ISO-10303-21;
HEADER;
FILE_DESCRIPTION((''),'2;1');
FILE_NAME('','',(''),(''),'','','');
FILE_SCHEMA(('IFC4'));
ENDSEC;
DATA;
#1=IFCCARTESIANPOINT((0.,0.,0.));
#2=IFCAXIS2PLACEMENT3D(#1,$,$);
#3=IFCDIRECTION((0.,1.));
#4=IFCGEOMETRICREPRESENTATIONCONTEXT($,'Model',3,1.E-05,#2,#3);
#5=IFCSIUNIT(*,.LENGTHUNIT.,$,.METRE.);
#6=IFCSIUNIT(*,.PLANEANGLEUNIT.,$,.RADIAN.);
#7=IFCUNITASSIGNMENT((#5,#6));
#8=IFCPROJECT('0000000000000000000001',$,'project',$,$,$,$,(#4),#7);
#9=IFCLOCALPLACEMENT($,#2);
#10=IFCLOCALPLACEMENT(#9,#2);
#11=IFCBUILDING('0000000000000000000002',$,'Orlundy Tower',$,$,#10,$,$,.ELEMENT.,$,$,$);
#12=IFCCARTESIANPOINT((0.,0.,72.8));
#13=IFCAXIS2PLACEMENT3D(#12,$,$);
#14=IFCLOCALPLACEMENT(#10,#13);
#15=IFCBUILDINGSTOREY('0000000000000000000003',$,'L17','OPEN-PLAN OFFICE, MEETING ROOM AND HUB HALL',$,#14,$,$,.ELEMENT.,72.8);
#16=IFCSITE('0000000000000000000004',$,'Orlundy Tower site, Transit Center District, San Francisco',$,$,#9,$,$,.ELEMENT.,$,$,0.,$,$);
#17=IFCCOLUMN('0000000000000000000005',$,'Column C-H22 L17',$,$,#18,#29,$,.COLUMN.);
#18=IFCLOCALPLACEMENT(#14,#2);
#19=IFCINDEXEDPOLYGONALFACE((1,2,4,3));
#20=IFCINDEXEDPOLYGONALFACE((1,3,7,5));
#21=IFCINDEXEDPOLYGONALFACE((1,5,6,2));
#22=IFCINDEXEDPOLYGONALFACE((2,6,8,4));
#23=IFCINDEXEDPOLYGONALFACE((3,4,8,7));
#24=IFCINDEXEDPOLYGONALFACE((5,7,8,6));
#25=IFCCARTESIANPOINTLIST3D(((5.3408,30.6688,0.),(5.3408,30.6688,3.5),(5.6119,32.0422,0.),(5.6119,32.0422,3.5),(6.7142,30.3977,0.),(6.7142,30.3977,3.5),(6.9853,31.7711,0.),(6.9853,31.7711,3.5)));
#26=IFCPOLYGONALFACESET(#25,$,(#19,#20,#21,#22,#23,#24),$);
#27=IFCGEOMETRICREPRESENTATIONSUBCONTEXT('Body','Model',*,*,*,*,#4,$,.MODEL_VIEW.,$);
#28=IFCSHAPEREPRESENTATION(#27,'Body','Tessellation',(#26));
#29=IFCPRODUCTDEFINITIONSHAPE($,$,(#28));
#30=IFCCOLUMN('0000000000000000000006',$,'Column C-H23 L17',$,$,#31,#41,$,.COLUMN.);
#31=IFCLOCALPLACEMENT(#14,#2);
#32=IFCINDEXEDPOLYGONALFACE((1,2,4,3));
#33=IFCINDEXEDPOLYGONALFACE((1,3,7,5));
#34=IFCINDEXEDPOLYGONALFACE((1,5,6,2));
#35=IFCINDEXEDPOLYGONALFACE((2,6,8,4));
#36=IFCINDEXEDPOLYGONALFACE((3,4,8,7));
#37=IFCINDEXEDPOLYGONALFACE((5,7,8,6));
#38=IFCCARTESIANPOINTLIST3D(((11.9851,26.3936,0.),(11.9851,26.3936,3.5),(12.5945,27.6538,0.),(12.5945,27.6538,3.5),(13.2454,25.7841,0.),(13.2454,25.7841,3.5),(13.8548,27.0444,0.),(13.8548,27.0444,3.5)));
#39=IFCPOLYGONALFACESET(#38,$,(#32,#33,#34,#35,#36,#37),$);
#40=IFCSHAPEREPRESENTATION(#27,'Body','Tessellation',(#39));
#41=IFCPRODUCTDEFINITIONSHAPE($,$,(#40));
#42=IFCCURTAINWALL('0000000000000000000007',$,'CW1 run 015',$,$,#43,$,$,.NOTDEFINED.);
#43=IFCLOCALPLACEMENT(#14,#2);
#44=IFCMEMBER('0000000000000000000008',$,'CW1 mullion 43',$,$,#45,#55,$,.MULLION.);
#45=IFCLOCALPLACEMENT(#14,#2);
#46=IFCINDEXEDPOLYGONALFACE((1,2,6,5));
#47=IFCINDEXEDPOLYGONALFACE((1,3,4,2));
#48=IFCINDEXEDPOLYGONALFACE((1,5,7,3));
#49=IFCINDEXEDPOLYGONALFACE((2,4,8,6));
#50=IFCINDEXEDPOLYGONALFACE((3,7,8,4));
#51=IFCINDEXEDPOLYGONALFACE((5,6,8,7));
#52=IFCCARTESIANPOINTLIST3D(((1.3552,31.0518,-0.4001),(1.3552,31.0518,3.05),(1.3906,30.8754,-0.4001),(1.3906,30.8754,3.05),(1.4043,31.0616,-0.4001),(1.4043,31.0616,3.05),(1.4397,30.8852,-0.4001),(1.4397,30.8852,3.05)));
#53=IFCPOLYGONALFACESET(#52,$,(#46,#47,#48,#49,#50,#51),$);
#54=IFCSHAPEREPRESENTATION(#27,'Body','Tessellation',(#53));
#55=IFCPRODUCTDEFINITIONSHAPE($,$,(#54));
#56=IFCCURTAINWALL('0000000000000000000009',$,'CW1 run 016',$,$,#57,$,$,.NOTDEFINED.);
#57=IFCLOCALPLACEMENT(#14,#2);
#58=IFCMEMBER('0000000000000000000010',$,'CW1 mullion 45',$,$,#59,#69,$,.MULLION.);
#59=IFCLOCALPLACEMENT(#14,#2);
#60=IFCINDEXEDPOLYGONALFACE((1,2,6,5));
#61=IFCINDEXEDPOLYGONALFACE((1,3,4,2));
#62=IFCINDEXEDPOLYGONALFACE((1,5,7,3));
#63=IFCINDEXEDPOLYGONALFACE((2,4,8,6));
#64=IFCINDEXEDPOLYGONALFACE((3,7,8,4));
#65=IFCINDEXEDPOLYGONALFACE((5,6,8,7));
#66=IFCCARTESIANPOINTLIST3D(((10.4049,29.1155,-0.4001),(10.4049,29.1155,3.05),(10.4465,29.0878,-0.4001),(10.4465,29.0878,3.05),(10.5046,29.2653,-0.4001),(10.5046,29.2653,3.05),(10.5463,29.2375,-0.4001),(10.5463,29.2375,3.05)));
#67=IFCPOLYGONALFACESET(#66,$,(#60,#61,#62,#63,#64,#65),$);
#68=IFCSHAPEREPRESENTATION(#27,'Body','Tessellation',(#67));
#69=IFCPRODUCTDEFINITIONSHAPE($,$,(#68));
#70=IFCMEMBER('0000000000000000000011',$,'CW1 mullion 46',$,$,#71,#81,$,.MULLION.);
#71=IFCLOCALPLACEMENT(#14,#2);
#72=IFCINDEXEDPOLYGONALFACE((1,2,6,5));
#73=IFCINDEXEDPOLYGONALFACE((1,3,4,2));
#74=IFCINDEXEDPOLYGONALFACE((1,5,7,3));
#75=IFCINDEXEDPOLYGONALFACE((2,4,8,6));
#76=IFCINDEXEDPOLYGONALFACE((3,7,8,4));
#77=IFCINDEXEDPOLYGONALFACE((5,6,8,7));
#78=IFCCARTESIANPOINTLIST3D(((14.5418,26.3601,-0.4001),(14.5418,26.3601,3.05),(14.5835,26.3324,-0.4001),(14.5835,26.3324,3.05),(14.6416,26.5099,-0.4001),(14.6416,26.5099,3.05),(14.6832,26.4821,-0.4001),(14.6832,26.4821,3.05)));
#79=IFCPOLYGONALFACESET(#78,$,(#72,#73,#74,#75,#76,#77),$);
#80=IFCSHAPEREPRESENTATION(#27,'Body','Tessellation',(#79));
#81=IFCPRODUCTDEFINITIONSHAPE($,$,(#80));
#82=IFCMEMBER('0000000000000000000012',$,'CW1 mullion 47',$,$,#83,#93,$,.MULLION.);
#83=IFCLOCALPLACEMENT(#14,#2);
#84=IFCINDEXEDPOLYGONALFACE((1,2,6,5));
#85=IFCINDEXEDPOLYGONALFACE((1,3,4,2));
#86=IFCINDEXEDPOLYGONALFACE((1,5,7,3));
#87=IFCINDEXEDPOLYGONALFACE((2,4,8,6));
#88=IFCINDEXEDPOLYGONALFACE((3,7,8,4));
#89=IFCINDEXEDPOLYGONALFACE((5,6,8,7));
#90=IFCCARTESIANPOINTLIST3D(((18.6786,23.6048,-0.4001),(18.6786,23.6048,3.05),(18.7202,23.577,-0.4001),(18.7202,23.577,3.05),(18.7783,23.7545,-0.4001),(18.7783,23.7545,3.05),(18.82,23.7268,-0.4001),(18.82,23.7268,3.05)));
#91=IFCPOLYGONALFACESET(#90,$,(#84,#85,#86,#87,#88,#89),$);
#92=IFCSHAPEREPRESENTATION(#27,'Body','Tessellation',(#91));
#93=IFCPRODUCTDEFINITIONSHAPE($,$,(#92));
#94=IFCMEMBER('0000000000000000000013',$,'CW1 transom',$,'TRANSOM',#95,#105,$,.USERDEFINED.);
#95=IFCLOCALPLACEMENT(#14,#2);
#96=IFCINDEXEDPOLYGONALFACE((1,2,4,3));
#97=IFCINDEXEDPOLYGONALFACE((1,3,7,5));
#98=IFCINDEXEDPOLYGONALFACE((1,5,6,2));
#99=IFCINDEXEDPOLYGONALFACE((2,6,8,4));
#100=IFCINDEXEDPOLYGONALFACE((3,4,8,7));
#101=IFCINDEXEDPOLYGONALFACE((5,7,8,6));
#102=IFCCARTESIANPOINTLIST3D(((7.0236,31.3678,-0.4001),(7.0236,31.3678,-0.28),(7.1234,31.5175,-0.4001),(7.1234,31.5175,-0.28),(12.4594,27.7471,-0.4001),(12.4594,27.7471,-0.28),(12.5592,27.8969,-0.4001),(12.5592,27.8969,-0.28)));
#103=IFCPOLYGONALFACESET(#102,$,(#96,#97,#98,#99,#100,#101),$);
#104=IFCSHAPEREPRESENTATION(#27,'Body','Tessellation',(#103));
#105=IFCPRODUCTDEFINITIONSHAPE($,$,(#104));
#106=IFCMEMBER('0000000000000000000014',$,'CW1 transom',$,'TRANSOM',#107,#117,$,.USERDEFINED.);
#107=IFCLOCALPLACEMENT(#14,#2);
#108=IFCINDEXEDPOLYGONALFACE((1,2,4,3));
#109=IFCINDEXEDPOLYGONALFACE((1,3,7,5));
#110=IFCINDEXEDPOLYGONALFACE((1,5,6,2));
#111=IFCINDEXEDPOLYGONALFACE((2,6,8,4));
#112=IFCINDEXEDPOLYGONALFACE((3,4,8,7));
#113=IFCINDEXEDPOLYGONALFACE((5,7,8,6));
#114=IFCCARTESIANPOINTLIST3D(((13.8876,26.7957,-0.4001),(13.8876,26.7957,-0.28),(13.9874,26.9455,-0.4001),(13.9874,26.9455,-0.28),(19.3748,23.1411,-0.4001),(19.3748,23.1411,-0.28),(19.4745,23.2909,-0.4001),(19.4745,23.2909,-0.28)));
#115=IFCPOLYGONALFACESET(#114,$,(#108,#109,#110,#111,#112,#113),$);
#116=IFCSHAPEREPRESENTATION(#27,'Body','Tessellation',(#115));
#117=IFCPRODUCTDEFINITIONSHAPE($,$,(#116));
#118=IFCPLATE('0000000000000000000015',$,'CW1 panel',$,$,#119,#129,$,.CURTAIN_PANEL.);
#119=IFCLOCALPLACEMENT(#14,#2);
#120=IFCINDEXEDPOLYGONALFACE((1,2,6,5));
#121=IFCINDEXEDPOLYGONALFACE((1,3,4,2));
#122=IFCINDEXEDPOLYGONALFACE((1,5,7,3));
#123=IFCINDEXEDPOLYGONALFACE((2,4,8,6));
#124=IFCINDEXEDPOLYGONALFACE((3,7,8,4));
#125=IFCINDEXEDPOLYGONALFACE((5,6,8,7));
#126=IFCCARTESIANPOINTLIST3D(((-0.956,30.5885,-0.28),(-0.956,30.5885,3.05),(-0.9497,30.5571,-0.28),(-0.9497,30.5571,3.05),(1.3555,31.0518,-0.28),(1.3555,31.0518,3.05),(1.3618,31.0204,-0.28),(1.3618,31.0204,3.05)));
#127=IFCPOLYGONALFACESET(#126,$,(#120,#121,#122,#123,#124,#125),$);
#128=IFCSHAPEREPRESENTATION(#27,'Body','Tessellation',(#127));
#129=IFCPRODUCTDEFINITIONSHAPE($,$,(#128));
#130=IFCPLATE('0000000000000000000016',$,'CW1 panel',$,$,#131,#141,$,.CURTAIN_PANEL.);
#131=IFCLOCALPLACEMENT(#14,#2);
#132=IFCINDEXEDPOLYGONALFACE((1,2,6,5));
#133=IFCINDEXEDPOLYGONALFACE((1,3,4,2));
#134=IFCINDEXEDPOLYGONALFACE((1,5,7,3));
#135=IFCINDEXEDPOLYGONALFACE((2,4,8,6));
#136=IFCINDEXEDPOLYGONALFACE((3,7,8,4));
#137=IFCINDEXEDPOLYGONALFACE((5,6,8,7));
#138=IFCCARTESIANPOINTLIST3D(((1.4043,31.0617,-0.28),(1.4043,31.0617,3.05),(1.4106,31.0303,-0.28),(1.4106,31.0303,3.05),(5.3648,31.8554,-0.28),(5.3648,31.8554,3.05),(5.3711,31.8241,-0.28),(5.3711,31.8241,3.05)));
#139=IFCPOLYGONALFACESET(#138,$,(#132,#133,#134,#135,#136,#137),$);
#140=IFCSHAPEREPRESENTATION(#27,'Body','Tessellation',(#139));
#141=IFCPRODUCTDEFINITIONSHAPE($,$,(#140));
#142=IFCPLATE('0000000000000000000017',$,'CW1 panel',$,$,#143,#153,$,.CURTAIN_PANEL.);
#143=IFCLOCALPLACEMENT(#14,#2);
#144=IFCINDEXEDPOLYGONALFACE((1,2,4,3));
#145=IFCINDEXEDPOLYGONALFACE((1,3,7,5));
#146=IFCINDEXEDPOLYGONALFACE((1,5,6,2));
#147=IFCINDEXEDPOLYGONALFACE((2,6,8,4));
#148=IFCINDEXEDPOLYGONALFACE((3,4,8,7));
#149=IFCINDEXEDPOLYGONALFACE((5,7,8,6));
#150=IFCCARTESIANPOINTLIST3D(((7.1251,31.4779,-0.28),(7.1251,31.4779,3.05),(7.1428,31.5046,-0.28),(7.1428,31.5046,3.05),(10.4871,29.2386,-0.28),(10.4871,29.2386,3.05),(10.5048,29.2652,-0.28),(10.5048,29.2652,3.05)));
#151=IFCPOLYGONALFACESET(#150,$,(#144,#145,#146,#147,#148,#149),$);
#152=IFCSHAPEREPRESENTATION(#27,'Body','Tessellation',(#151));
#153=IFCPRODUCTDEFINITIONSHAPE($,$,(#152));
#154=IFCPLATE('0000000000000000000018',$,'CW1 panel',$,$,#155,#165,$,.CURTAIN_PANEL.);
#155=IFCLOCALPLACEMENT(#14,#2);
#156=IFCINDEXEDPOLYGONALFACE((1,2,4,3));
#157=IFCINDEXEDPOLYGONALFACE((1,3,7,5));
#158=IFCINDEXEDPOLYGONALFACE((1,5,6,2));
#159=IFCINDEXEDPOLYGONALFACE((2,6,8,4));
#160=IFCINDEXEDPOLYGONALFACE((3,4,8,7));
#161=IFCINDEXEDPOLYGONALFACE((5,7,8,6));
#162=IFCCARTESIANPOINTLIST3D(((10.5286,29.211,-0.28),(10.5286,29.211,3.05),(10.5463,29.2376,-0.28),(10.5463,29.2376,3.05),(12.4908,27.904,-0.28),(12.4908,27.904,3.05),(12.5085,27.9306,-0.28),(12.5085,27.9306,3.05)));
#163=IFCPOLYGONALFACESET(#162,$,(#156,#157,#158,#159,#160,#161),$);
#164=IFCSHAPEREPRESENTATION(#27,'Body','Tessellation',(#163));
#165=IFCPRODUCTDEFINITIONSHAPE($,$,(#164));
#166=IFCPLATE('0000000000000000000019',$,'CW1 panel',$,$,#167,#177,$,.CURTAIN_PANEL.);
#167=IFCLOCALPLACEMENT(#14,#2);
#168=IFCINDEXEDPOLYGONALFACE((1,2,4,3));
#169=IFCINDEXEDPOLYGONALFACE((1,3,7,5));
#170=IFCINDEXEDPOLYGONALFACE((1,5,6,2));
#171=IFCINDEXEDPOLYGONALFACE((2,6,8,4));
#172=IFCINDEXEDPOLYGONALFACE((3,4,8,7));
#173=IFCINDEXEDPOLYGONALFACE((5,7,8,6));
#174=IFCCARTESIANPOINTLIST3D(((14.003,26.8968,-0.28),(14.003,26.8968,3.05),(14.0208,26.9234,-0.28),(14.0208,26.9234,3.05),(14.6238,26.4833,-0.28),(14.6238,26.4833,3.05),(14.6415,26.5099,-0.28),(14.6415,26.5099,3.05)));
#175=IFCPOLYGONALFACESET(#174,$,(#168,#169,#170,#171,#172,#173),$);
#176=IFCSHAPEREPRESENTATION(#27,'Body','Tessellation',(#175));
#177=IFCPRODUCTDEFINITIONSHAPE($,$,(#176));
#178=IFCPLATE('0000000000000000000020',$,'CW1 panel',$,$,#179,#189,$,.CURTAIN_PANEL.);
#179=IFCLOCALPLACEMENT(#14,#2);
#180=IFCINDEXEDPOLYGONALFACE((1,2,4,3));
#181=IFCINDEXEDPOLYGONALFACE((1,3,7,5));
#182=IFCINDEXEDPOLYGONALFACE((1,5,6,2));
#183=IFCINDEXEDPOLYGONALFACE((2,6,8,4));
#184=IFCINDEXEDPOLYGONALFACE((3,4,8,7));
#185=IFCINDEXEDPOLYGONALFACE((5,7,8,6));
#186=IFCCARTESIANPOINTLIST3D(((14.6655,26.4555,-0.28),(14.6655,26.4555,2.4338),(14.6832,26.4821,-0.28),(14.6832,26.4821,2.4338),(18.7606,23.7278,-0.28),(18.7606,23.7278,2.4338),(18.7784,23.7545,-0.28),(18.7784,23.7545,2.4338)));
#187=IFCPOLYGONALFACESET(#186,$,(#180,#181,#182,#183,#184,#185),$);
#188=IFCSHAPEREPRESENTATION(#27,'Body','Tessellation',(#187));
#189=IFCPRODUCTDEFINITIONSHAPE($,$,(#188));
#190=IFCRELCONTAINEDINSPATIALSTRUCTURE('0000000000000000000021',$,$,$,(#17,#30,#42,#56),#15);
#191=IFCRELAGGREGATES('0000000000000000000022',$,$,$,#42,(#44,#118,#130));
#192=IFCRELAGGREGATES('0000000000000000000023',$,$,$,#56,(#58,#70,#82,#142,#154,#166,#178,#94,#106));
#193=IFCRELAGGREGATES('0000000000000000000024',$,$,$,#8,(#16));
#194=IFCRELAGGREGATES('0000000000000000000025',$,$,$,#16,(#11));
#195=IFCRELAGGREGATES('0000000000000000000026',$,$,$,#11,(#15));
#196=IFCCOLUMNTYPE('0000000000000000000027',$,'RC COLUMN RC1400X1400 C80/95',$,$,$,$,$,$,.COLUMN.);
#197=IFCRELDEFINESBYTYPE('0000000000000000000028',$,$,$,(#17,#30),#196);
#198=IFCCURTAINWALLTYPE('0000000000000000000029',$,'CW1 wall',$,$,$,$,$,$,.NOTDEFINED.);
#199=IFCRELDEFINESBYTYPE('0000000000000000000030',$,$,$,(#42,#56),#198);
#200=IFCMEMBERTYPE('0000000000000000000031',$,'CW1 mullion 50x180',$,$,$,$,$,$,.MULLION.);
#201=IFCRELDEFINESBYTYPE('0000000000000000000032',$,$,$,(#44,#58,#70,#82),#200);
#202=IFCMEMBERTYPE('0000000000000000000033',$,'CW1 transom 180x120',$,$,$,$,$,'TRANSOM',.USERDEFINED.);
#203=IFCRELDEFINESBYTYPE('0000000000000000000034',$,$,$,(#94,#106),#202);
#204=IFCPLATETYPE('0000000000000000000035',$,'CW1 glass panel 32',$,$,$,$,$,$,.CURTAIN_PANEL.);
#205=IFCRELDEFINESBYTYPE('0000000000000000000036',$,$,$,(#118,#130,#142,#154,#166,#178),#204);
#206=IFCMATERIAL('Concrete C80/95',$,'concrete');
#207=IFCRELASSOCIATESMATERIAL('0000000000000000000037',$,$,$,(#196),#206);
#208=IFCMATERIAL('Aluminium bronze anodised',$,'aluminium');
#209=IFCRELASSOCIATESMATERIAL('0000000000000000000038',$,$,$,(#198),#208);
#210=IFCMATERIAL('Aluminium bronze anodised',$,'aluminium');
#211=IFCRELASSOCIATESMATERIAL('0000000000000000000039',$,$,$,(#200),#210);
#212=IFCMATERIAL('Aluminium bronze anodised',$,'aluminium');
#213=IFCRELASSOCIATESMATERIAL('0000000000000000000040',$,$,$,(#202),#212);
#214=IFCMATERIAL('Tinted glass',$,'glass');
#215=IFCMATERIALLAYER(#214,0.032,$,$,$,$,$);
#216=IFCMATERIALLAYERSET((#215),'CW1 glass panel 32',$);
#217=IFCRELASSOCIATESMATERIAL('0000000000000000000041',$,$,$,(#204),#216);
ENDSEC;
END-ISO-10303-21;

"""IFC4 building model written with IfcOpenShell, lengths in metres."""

from ifc_helpers import new_model, si_unit, direction, frame, origin, origin_2d, place, context, subcontext, project, spatial, rectangle, extrude, material, layer, layer_set, material_profile, profile_set, type_object, element, aggregate, save


model = new_model("IFC4")

# Units and contexts
model_context = context("Model", 3, precision=1e-05, world=origin(), true_north=direction((0.0, 1.0)))
body_context = subcontext(model_context, "Body", "Model", "MODEL_VIEW")
ifc_project = project(units=[si_unit("LENGTHUNIT", "METRE"), si_unit("PLANEANGLEUNIT", "RADIAN")], contexts=[model_context])

# Site, building, storey
site_placement = place(None, origin())
site = spatial("IfcSite", under=ifc_project, at=site_placement, Name="Orlundy Tower site, Transit Center District, San Francisco", CompositionType="ELEMENT", RefElevation=0.0)
building_placement = place(site_placement, origin())
building = spatial("IfcBuilding", under=site, at=building_placement, Name="Orlundy Tower", CompositionType="ELEMENT")
storey_placement = place(building_placement, frame((0.0, 0.0, 72.8)))
storey = spatial("IfcBuildingStorey", under=building, at=storey_placement, Name="L17", Description="OPEN-PLAN OFFICE, MEETING ROOM AND HUB HALL", CompositionType="ELEMENT", Elevation=72.8)

# Columns
ifc_material_1 = material(Name="Concrete C80/95", Category="concrete")
ifc_material_profile_1 = material_profile(ifc_material_1, rectangle(XDim=1.3999, YDim=1.3999, at=origin_2d()), Name="RC1400X1400")
ifc_profile_set_1 = profile_set([ifc_material_profile_1], Name="Concrete C80/95")
column_type = type_object("IfcColumnType", Name="RC COLUMN RC1400X1400 C80/95", PredefinedType="COLUMN", material=ifc_profile_set_1)
for number, where, z_axis, x_axis, name in (
    (1, (6.1631, 31.22, 0.0), (0.0, 0.0, 1.0), (0.193669, 0.981067, 0.0), "Column C-H22 L17"),
    (2, (12.9199, 26.719, 0.0), (0.0, 0.0, 1.0), (0.435325, 0.900273, 0.0), "Column C-H23 L17"),
):
    element("IfcColumn", number, at=place(storey_placement, frame(where, z_axis=z_axis, x_axis=x_axis)), inside=storey, type_object=column_type, Name=name, PredefinedType="COLUMN", context=body_context, shape_type="SweptSolid", body=[
        extrude(rectangle(XDim=1.3999, YDim=1.3999, at=origin_2d()), origin(), (0.0, 0.0, 1.0), 3.5),
    ])

# Curtain wall, member
ifc_material_2 = material(Name="Aluminium bronze anodised", Category="aluminium")
curtain_wall_type = type_object("IfcCurtainWallType", Name="CW1 wall", PredefinedType="NOTDEFINED", material=ifc_material_2)
curtain_wall_1_placement = place(storey_placement, origin())
curtain_wall_1 = element("IfcCurtainWall", 3, at=curtain_wall_1_placement, inside=storey, type_object=curtain_wall_type, Name="CW1 run 015", PredefinedType="NOTDEFINED")
ifc_material_3 = material(Name="Aluminium bronze anodised", Category="aluminium")
ifc_material_profile_2 = material_profile(ifc_material_3, rectangle(XDim=0.1799, YDim=0.05, at=origin_2d()), Name="CW1 mullion 50x180")
ifc_profile_set_2 = profile_set([ifc_material_profile_2], Name="Aluminium bronze anodised")
member_type_1 = type_object("IfcMemberType", Name="CW1 mullion 50x180", PredefinedType="MULLION", material=ifc_profile_set_2)
member_1_placement = place(storey_placement, frame((1.3975, 30.9685, -0.4001), z_axis=(0.0, 0.0, 1.0), x_axis=(-0.196511, 0.980502, 0.0)))
member_1 = element("IfcMember", 4, at=member_1_placement, type_object=member_type_1, Name="CW1 mullion 43", PredefinedType="MULLION", context=body_context, shape_type="SweptSolid", body=[
    extrude(rectangle(XDim=0.1799, YDim=0.05, at=origin_2d()), origin(), (0.0, 0.0, 1.0), 3.4502),
])

# Curtain wall, members
curtain_wall_2_placement = place(storey_placement, origin())
curtain_wall_2 = element("IfcCurtainWall", 5, at=curtain_wall_2_placement, inside=storey, type_object=curtain_wall_type, Name="CW1 run 016", PredefinedType="NOTDEFINED")
member_2_placement = place(storey_placement, frame((10.4756, 29.1765, -0.4001), z_axis=(0.0, 0.0, 1.0), x_axis=(0.554357, 0.832279, 0.0)))
member_2 = element("IfcMember", 6, at=member_2_placement, type_object=member_type_1, Name="CW1 mullion 45", PredefinedType="MULLION", context=body_context, shape_type="SweptSolid", body=[
    extrude(rectangle(XDim=0.1799, YDim=0.05, at=origin_2d()), origin(), (0.0, 0.0, 1.0), 3.4502),
])
member_3_placement = place(storey_placement, frame((14.6125, 26.4211, -0.4001), z_axis=(0.0, 0.0, 1.0), x_axis=(0.554357, 0.832279, 0.0)))
member_3 = element("IfcMember", 7, at=member_3_placement, type_object=member_type_1, Name="CW1 mullion 46", PredefinedType="MULLION", context=body_context, shape_type="SweptSolid", body=[
    extrude(rectangle(XDim=0.1799, YDim=0.05, at=origin_2d()), origin(), (0.0, 0.0, 1.0), 3.4502),
])
member_4_placement = place(storey_placement, frame((18.7493, 23.6658, -0.4001), z_axis=(0.0, 0.0, 1.0), x_axis=(0.554357, 0.832279, 0.0)))
member_4 = element("IfcMember", 8, at=member_4_placement, type_object=member_type_1, Name="CW1 mullion 47", PredefinedType="MULLION", context=body_context, shape_type="SweptSolid", body=[
    extrude(rectangle(XDim=0.1799, YDim=0.05, at=origin_2d()), origin(), (0.0, 0.0, 1.0), 3.4502),
])
ifc_material_4 = material(Name="Aluminium bronze anodised", Category="aluminium")
ifc_material_profile_3 = material_profile(ifc_material_4, rectangle(XDim=0.1799, YDim=0.1201, at=origin_2d()), Name="CW1 transom 180x120")
ifc_profile_set_3 = profile_set([ifc_material_profile_3], Name="Aluminium bronze anodised")
member_type_2 = type_object("IfcMemberType", Name="CW1 transom 180x120", ElementType="TRANSOM", PredefinedType="USERDEFINED", material=ifc_profile_set_3)
member_5_placement = place(storey_placement, frame((7.0735, 31.4426, -0.3401), z_axis=(0.83228, -0.554355, 0.0), x_axis=(0.554355, 0.83228, 0.0)))
member_5 = element("IfcMember", 9, at=member_5_placement, type_object=member_type_2, Name="CW1 transom", ObjectType="TRANSOM", PredefinedType="USERDEFINED", context=body_context, shape_type="SweptSolid", body=[
    extrude(rectangle(XDim=0.1799, YDim=0.1201, at=origin_2d()), origin(), (0.0, 0.0, 1.0), 6.5312),
])
member_6_placement = place(storey_placement, frame((13.9375, 26.8706, -0.3401), z_axis=(0.832295, -0.554333, 0.0), x_axis=(0.554333, 0.832295, 0.0)))
member_6 = element("IfcMember", 10, at=member_6_placement, type_object=member_type_2, Name="CW1 transom", ObjectType="TRANSOM", PredefinedType="USERDEFINED", context=body_context, shape_type="SweptSolid", body=[
    extrude(rectangle(XDim=0.1799, YDim=0.1201, at=origin_2d()), origin(), (0.0, 0.0, 1.0), 6.5928),
])

# Plates
ifc_material_5 = material(Name="Tinted glass", Category="glass")
ifc_layer_1 = layer(ifc_material_5, 0.032)
ifc_layer_set_1 = layer_set([ifc_layer_1], Name="CW1 glass panel 32")
plate_type = type_object("IfcPlateType", Name="CW1 glass panel 32", PredefinedType="CURTAIN_PANEL", material=ifc_layer_set_1)
plate_1_placement = place(storey_placement, frame((0.2029, 30.8044, -0.28), z_axis=(0.0, 0.0, 1.0), x_axis=(0.980502, 0.196511, 0.0)))
plate_1 = element("IfcPlate", 11, at=plate_1_placement, type_object=plate_type, Name="CW1 panel", PredefinedType="CURTAIN_PANEL", context=body_context, shape_type="SweptSolid", body=[
    extrude(rectangle(XDim=2.3574, YDim=0.032, at=origin_2d()), origin(), (0.0, 0.0, 1.0), 3.3301),
])
plate_2_placement = place(storey_placement, frame((3.3877, 31.4429, -0.28), z_axis=(0.0, 0.0, 1.0), x_axis=(0.980502, 0.196511, 0.0)))
plate_2 = element("IfcPlate", 12, at=plate_2_placement, type_object=plate_type, Name="CW1 panel", PredefinedType="CURTAIN_PANEL", context=body_context, shape_type="SweptSolid", body=[
    extrude(rectangle(XDim=4.0393, YDim=0.032, at=origin_2d()), origin(), (0.0, 0.0, 1.0), 3.3301),
])
aggregate(curtain_wall_1, [member_1, plate_1, plate_2])
plate_3_placement = place(storey_placement, frame((8.8149, 30.3716, -0.28), z_axis=(0.0, 0.0, 1.0), x_axis=(0.832279, -0.554357, 0.0)))
plate_3 = element("IfcPlate", 13, at=plate_3_placement, type_object=plate_type, Name="CW1 panel", PredefinedType="CURTAIN_PANEL", context=body_context, shape_type="SweptSolid", body=[
    extrude(rectangle(XDim=4.0396, YDim=0.032, at=origin_2d()), origin(), (0.0, 0.0, 1.0), 3.3301),
])
plate_4_placement = place(storey_placement, frame((11.5186, 28.5708, -0.28), z_axis=(0.0, 0.0, 1.0), x_axis=(0.832279, -0.554357, 0.0)))
plate_4 = element("IfcPlate", 14, at=plate_4_placement, type_object=plate_type, Name="CW1 panel", PredefinedType="CURTAIN_PANEL", context=body_context, shape_type="SweptSolid", body=[
    extrude(rectangle(XDim=2.3577, YDim=0.032, at=origin_2d()), origin(), (0.0, 0.0, 1.0), 3.3301),
])
plate_5_placement = place(storey_placement, frame((14.3223, 26.7034, -0.28), z_axis=(0.0, 0.0, 1.0), x_axis=(0.832279, -0.554357, 0.0)))
plate_5 = element("IfcPlate", 15, at=plate_5_placement, type_object=plate_type, Name="CW1 panel", PredefinedType="CURTAIN_PANEL", context=body_context, shape_type="SweptSolid", body=[
    extrude(rectangle(XDim=0.7458, YDim=0.032, at=origin_2d()), origin(), (0.0, 0.0, 1.0), 3.3301),
])
plate_6_placement = place(storey_placement, frame((16.7219, 25.105, -0.28), z_axis=(0.0, 0.0, 1.0), x_axis=(0.832279, -0.554357, 0.0)))
plate_6 = element("IfcPlate", 16, at=plate_6_placement, type_object=plate_type, Name="CW1 panel", PredefinedType="CURTAIN_PANEL", context=body_context, shape_type="SweptSolid", body=[
    extrude(rectangle(XDim=4.9204, YDim=0.032, at=origin_2d()), origin(), (0.0, 0.0, 1.0), 2.7139),
])
aggregate(curtain_wall_2, [member_2, member_3, member_4, plate_3, plate_4, plate_5, plate_6, member_5, member_6])

save(model, "model.ifc")
